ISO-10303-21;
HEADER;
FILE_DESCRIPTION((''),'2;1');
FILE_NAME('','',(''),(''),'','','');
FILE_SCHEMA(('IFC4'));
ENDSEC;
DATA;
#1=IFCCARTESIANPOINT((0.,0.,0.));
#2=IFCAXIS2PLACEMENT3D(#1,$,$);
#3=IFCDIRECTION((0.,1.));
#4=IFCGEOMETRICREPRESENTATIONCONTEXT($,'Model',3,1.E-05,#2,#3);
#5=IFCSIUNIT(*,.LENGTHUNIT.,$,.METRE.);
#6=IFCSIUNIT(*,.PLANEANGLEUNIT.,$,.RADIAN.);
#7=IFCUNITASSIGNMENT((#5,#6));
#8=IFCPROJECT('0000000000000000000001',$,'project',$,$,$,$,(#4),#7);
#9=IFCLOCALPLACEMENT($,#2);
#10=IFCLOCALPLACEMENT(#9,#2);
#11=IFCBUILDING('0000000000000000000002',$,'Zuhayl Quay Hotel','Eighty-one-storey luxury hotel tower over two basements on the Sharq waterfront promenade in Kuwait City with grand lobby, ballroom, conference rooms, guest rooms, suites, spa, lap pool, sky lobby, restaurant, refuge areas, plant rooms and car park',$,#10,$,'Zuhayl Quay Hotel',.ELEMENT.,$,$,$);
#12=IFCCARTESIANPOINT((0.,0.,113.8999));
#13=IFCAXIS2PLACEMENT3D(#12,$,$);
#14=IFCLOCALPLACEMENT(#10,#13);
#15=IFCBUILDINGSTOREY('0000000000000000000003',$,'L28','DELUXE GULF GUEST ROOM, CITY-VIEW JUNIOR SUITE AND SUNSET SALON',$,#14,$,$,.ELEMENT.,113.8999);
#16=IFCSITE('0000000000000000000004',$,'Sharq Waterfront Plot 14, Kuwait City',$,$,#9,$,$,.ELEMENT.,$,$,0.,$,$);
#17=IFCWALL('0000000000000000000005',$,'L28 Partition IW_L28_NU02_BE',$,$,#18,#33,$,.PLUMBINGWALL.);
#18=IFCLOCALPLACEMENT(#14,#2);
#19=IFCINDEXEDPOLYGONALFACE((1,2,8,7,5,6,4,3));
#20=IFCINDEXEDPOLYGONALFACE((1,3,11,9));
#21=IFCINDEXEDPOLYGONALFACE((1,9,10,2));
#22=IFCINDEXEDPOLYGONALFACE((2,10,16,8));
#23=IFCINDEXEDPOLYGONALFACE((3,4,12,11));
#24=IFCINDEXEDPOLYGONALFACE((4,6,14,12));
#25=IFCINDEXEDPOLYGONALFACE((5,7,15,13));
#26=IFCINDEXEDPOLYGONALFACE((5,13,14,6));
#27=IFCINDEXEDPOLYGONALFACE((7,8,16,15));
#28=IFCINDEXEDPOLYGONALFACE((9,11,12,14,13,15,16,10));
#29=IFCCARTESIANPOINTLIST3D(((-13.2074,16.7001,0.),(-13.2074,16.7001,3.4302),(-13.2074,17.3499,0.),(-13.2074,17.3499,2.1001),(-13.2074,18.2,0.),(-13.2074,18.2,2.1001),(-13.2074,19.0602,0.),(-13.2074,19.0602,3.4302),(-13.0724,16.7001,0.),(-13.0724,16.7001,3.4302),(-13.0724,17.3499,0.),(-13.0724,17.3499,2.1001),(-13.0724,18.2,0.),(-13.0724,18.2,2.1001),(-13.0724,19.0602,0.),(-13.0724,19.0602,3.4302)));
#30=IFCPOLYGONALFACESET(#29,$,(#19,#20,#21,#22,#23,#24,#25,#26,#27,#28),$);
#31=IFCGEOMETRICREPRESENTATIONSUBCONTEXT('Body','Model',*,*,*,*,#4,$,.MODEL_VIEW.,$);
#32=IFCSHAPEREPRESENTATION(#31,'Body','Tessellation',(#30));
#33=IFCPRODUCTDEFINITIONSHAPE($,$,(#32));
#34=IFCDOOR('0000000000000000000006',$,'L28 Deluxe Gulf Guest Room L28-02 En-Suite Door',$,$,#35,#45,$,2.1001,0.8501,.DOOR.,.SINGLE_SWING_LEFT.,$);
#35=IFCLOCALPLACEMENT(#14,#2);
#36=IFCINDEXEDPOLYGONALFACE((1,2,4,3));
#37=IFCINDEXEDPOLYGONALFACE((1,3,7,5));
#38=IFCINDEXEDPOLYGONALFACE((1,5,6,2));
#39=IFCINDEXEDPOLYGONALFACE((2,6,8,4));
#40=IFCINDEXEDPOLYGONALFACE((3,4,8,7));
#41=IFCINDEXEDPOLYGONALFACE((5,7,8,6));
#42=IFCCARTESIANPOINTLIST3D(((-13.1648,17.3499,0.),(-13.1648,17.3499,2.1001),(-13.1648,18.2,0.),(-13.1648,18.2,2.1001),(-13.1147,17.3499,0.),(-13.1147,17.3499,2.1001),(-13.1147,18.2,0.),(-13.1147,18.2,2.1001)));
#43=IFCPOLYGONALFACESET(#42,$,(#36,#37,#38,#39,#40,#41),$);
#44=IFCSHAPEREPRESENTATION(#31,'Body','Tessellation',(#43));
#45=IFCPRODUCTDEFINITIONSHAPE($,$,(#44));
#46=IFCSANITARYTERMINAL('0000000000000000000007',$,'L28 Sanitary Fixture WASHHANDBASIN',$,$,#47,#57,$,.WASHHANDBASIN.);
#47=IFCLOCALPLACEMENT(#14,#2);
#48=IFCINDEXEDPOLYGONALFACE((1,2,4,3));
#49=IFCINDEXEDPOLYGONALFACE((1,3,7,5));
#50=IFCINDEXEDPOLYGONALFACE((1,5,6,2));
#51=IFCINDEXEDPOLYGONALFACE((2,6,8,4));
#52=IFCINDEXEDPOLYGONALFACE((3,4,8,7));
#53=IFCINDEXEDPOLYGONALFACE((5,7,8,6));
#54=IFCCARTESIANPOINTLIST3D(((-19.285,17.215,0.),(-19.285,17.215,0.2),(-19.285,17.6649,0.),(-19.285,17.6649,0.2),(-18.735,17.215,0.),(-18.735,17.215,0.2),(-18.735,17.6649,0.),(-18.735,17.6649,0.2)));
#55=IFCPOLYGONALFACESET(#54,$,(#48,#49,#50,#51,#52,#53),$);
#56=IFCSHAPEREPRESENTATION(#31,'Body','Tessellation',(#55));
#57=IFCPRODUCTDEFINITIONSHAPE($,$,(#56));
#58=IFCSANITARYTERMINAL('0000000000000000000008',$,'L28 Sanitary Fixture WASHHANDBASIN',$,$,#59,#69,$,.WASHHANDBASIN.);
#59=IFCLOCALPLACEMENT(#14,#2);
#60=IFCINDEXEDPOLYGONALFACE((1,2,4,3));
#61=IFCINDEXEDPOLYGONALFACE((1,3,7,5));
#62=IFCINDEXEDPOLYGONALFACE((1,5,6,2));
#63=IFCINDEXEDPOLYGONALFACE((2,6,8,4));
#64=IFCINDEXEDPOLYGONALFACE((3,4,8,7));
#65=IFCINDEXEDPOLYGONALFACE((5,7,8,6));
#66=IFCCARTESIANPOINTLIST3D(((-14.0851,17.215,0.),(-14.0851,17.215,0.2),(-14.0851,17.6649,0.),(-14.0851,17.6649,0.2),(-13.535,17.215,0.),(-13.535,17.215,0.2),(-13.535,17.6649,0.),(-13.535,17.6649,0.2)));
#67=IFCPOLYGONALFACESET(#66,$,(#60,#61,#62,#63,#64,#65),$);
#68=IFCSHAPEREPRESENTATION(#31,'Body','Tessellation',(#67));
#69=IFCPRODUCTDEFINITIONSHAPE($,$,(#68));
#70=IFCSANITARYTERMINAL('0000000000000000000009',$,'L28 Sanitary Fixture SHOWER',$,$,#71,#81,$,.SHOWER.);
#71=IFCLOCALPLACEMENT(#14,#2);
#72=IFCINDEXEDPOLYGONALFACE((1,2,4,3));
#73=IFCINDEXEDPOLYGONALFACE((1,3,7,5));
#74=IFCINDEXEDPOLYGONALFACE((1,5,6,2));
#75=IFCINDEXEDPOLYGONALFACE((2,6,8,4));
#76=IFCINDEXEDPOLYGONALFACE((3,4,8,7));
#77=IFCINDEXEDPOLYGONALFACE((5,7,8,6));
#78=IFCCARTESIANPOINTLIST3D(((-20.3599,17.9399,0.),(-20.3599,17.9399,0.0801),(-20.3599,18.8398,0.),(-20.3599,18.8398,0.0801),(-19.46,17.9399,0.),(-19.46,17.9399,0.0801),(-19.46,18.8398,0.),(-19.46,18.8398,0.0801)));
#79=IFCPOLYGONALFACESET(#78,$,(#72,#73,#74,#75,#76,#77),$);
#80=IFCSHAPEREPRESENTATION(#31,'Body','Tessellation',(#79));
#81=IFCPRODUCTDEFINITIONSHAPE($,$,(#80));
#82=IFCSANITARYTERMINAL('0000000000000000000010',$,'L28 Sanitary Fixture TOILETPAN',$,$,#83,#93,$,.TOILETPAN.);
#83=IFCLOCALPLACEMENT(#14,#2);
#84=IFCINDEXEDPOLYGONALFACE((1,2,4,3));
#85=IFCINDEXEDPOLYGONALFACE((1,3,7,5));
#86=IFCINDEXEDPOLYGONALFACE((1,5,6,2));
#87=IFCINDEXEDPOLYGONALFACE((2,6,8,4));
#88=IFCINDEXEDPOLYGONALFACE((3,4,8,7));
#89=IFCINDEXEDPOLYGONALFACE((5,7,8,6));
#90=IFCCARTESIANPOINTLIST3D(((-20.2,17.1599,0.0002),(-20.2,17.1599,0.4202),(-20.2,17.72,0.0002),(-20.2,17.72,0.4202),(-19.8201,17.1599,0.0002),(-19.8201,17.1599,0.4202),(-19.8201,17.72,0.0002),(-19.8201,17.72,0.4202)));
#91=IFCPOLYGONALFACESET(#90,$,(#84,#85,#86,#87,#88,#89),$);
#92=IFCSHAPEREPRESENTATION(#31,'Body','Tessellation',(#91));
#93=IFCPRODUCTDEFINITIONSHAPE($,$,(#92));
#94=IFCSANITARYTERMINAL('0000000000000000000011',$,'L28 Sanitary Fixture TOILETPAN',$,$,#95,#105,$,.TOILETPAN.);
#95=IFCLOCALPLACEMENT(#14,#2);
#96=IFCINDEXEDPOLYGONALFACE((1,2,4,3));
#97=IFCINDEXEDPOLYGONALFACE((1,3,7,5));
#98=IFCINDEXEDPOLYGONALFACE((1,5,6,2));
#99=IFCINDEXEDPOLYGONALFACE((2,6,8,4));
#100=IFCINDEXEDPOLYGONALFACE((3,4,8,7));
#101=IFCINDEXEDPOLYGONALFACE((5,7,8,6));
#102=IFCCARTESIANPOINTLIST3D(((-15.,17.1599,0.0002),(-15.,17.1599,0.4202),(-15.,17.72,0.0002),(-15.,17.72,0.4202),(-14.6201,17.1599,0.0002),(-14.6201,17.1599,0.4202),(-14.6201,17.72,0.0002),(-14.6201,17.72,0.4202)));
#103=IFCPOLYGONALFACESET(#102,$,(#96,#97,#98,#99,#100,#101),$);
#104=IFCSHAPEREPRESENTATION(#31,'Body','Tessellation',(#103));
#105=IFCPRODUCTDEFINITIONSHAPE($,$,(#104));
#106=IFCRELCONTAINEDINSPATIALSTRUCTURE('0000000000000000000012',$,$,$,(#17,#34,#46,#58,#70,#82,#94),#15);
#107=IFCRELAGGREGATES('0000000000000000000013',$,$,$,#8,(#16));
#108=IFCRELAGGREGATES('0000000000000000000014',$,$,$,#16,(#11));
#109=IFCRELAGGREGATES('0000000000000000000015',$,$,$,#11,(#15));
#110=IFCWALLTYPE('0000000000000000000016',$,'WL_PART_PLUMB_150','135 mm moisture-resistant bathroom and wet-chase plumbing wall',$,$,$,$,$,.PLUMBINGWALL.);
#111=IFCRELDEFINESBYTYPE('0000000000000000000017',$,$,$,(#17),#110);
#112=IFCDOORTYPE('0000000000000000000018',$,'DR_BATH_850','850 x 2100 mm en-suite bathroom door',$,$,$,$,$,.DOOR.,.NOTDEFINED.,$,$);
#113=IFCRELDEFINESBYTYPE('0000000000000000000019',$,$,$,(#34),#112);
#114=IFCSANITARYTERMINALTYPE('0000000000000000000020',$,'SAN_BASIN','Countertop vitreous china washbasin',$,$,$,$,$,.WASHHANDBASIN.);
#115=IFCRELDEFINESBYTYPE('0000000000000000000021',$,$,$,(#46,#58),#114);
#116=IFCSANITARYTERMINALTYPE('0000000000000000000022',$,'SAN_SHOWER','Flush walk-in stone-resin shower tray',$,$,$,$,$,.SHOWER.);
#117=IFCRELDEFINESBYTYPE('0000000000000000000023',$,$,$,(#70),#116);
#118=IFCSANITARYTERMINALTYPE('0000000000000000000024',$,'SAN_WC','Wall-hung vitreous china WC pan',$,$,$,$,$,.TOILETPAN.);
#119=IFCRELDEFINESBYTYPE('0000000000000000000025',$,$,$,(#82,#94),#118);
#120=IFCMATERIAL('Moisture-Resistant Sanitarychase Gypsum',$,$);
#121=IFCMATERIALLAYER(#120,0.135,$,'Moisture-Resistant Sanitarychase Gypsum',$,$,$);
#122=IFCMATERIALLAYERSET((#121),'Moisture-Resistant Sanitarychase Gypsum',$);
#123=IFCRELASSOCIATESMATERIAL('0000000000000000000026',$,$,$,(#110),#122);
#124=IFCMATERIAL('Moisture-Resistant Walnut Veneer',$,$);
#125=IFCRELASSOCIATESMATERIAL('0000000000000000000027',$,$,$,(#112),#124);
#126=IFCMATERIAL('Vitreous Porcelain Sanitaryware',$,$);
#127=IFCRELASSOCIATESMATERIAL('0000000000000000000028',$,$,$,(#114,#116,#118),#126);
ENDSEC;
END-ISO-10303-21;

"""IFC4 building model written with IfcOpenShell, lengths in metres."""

from ifc_helpers import new_model, si_unit, direction, frame, frame_2d, origin, origin_2d, place, context, subcontext, project, spatial, rectangle, extrude, material, layer, layer_set, type_object, element, fill, save


model = new_model("IFC4")

# Units and contexts
model_context = context("Model", 3, precision=1e-05, world=origin(), true_north=direction((0.0, 1.0)))
body_context = subcontext(model_context, "Body", "Model", "MODEL_VIEW")
ifc_project = project(units=[si_unit("LENGTHUNIT", "METRE"), si_unit("PLANEANGLEUNIT", "RADIAN")], contexts=[model_context])

# Site, building, storey
site_placement = place(None, origin())
site = spatial("IfcSite", under=ifc_project, at=site_placement, Name="Sharq Waterfront Plot 14, Kuwait City", CompositionType="ELEMENT", RefElevation=0.0)
building_placement = place(site_placement, origin())
building = spatial("IfcBuilding", under=site, at=building_placement, Name="Zuhayl Quay Hotel", Description="Eighty-one-storey luxury hotel tower over two basements on the Sharq waterfront promenade in Kuwait City with grand lobby, ballroom, conference rooms, guest rooms, suites, spa, lap pool, sky lobby, restaurant, refuge areas, plant rooms and car park", LongName="Zuhayl Quay Hotel", CompositionType="ELEMENT")
storey_placement = place(building_placement, frame((0.0, 0.0, 113.8999)))
storey = spatial("IfcBuildingStorey", under=building, at=storey_placement, Name="L28", Description="DELUXE GULF GUEST ROOM, CITY-VIEW JUNIOR SUITE AND SUNSET SALON", CompositionType="ELEMENT", Elevation=113.8999)

# Wall, opening, door
ifc_material_1 = material(Name="Moisture-Resistant Sanitarychase Gypsum")
ifc_layer_1 = layer(ifc_material_1, 0.135, Name="Moisture-Resistant Sanitarychase Gypsum")
ifc_layer_set_1 = layer_set([ifc_layer_1], Name="Moisture-Resistant Sanitarychase Gypsum")
wall_type_1 = type_object("IfcWallType", Name="WL_PART_PLUMB_150", Description="135 mm moisture-resistant bathroom and wet-chase plumbing wall", PredefinedType="PLUMBINGWALL", material=ifc_layer_set_1)
ifc_material_2 = material(Name="Moisture-Resistant Walnut Veneer")
door_type_1 = type_object("IfcDoorType", Name="DR_BATH_850", Description="850 x 2100 mm en-suite bathroom door", OperationType="NOTDEFINED", PredefinedType="DOOR", material=ifc_material_2)
wall_1_placement = place(storey_placement, frame((-13.1399, 16.7, 0.0), z_axis=(0.0, 0.0, 1.0), x_axis=(0.0, 1.0, 0.0)))
wall_1 = element("IfcWall", 1, at=wall_1_placement, inside=storey, type_object=wall_type_1, Name="L28 Partition IW_L28_NU02_BE", PredefinedType="PLUMBINGWALL", context=body_context, shape_type="SweptSolid", body=[
    extrude(rectangle(XDim=2.3601, YDim=0.135, at=frame_2d((1.1802, 0.0))), origin(), (0.0, 0.0, 1.0), 3.4302),
])
opening_1_placement = place(wall_1_placement, frame((0.6499, 0.0, 0.0)))
opening_1 = element("IfcOpeningElement", 2, at=opening_1_placement, cuts=wall_1, PredefinedType="OPENING", context=body_context, shape_type="SweptSolid", body=[
    extrude(rectangle(XDim=0.8501, YDim=2.1001, at=frame_2d((0.425, 1.05))), frame((0.0, 0.0774, 0.0), z_axis=(0.0, -1.0, 0.0), x_axis=(1.0, 0.0, 0.0)), (0.0, 0.0, 1.0), 0.155),
])
door_1_placement = place(opening_1_placement, origin())
door_1 = element("IfcDoor", 3, at=door_1_placement, inside=storey, type_object=door_type_1, Name="L28 Deluxe Gulf Guest Room L28-02 En-Suite Door", OperationType="SINGLE_SWING_LEFT", OverallHeight=2.1001, OverallWidth=0.8501, PredefinedType="DOOR", context=body_context, shape_type="SweptSolid", body=[
    extrude(rectangle(XDim=0.8501, YDim=2.1001, at=frame_2d((0.425, 1.05))), frame((0.0, 0.0249, 0.0), z_axis=(0.0, -1.0, 0.0), x_axis=(1.0, 0.0, 0.0)), (0.0, 0.0, 1.0), 0.05),
])
fill(opening_1, door_1)

# Sanitary terminals
ifc_material_3 = material(Name="Vitreous Porcelain Sanitaryware")
sanitary_terminal_type_1 = type_object("IfcSanitaryTerminalType", Name="SAN_BASIN", Description="Countertop vitreous china washbasin", PredefinedType="WASHHANDBASIN", material=ifc_material_3)
for number, where, z_axis, x_axis, name in (
    (4, (-19.01, 17.4399, 0.0), (0.0, 0.0, 1.0), (1.0, 0.0, 0.0), "L28 Sanitary Fixture WASHHANDBASIN"),
    (5, (-13.8101, 17.4399, 0.0), (0.0, 0.0, 1.0), (1.0, 0.0, 0.0), "L28 Sanitary Fixture WASHHANDBASIN"),
):
    element("IfcSanitaryTerminal", number, at=place(storey_placement, frame(where, z_axis=z_axis, x_axis=x_axis)), inside=storey, type_object=sanitary_terminal_type_1, Name=name, PredefinedType="WASHHANDBASIN", context=body_context, shape_type="SweptSolid", body=[
        extrude(rectangle(XDim=0.55, YDim=0.45, at=origin_2d()), origin(), (0.0, 0.0, 1.0), 0.2),
    ])
sanitary_terminal_type_2 = type_object("IfcSanitaryTerminalType", Name="SAN_SHOWER", Description="Flush walk-in stone-resin shower tray", PredefinedType="SHOWER", material=ifc_material_3)
sanitary_terminal_placement = place(storey_placement, frame((-19.9099, 18.3899, 0.0), z_axis=(0.0, 0.0, 1.0), x_axis=(1.0, 0.0, 0.0)))
element("IfcSanitaryTerminal", 6, at=sanitary_terminal_placement, inside=storey, type_object=sanitary_terminal_type_2, Name="L28 Sanitary Fixture SHOWER", PredefinedType="SHOWER", context=body_context, shape_type="SweptSolid", body=[
    extrude(rectangle(XDim=0.8999, YDim=0.8999, at=origin_2d()), origin(), (0.0, 0.0, 1.0), 0.0801),
])
sanitary_terminal_type_3 = type_object("IfcSanitaryTerminalType", Name="SAN_WC", Description="Wall-hung vitreous china WC pan", PredefinedType="TOILETPAN", material=ifc_material_3)
for number, where, z_axis, x_axis, name in (
    (7, (-20.01, 17.4399, 0.0002), (0.0, 0.0, 1.0), (1.0, 0.0, 0.0), "L28 Sanitary Fixture TOILETPAN"),
    (8, (-14.8101, 17.4399, 0.0002), (0.0, 0.0, 1.0), (1.0, 0.0, 0.0), "L28 Sanitary Fixture TOILETPAN"),
):
    element("IfcSanitaryTerminal", number, at=place(storey_placement, frame(where, z_axis=z_axis, x_axis=x_axis)), inside=storey, type_object=sanitary_terminal_type_3, Name=name, PredefinedType="TOILETPAN", context=body_context, shape_type="SweptSolid", body=[
        extrude(rectangle(XDim=0.3799, YDim=0.5601, at=origin_2d()), origin(), (0.0, 0.0, 1.0), 0.4199),
    ])

save(model, "model.ifc")
